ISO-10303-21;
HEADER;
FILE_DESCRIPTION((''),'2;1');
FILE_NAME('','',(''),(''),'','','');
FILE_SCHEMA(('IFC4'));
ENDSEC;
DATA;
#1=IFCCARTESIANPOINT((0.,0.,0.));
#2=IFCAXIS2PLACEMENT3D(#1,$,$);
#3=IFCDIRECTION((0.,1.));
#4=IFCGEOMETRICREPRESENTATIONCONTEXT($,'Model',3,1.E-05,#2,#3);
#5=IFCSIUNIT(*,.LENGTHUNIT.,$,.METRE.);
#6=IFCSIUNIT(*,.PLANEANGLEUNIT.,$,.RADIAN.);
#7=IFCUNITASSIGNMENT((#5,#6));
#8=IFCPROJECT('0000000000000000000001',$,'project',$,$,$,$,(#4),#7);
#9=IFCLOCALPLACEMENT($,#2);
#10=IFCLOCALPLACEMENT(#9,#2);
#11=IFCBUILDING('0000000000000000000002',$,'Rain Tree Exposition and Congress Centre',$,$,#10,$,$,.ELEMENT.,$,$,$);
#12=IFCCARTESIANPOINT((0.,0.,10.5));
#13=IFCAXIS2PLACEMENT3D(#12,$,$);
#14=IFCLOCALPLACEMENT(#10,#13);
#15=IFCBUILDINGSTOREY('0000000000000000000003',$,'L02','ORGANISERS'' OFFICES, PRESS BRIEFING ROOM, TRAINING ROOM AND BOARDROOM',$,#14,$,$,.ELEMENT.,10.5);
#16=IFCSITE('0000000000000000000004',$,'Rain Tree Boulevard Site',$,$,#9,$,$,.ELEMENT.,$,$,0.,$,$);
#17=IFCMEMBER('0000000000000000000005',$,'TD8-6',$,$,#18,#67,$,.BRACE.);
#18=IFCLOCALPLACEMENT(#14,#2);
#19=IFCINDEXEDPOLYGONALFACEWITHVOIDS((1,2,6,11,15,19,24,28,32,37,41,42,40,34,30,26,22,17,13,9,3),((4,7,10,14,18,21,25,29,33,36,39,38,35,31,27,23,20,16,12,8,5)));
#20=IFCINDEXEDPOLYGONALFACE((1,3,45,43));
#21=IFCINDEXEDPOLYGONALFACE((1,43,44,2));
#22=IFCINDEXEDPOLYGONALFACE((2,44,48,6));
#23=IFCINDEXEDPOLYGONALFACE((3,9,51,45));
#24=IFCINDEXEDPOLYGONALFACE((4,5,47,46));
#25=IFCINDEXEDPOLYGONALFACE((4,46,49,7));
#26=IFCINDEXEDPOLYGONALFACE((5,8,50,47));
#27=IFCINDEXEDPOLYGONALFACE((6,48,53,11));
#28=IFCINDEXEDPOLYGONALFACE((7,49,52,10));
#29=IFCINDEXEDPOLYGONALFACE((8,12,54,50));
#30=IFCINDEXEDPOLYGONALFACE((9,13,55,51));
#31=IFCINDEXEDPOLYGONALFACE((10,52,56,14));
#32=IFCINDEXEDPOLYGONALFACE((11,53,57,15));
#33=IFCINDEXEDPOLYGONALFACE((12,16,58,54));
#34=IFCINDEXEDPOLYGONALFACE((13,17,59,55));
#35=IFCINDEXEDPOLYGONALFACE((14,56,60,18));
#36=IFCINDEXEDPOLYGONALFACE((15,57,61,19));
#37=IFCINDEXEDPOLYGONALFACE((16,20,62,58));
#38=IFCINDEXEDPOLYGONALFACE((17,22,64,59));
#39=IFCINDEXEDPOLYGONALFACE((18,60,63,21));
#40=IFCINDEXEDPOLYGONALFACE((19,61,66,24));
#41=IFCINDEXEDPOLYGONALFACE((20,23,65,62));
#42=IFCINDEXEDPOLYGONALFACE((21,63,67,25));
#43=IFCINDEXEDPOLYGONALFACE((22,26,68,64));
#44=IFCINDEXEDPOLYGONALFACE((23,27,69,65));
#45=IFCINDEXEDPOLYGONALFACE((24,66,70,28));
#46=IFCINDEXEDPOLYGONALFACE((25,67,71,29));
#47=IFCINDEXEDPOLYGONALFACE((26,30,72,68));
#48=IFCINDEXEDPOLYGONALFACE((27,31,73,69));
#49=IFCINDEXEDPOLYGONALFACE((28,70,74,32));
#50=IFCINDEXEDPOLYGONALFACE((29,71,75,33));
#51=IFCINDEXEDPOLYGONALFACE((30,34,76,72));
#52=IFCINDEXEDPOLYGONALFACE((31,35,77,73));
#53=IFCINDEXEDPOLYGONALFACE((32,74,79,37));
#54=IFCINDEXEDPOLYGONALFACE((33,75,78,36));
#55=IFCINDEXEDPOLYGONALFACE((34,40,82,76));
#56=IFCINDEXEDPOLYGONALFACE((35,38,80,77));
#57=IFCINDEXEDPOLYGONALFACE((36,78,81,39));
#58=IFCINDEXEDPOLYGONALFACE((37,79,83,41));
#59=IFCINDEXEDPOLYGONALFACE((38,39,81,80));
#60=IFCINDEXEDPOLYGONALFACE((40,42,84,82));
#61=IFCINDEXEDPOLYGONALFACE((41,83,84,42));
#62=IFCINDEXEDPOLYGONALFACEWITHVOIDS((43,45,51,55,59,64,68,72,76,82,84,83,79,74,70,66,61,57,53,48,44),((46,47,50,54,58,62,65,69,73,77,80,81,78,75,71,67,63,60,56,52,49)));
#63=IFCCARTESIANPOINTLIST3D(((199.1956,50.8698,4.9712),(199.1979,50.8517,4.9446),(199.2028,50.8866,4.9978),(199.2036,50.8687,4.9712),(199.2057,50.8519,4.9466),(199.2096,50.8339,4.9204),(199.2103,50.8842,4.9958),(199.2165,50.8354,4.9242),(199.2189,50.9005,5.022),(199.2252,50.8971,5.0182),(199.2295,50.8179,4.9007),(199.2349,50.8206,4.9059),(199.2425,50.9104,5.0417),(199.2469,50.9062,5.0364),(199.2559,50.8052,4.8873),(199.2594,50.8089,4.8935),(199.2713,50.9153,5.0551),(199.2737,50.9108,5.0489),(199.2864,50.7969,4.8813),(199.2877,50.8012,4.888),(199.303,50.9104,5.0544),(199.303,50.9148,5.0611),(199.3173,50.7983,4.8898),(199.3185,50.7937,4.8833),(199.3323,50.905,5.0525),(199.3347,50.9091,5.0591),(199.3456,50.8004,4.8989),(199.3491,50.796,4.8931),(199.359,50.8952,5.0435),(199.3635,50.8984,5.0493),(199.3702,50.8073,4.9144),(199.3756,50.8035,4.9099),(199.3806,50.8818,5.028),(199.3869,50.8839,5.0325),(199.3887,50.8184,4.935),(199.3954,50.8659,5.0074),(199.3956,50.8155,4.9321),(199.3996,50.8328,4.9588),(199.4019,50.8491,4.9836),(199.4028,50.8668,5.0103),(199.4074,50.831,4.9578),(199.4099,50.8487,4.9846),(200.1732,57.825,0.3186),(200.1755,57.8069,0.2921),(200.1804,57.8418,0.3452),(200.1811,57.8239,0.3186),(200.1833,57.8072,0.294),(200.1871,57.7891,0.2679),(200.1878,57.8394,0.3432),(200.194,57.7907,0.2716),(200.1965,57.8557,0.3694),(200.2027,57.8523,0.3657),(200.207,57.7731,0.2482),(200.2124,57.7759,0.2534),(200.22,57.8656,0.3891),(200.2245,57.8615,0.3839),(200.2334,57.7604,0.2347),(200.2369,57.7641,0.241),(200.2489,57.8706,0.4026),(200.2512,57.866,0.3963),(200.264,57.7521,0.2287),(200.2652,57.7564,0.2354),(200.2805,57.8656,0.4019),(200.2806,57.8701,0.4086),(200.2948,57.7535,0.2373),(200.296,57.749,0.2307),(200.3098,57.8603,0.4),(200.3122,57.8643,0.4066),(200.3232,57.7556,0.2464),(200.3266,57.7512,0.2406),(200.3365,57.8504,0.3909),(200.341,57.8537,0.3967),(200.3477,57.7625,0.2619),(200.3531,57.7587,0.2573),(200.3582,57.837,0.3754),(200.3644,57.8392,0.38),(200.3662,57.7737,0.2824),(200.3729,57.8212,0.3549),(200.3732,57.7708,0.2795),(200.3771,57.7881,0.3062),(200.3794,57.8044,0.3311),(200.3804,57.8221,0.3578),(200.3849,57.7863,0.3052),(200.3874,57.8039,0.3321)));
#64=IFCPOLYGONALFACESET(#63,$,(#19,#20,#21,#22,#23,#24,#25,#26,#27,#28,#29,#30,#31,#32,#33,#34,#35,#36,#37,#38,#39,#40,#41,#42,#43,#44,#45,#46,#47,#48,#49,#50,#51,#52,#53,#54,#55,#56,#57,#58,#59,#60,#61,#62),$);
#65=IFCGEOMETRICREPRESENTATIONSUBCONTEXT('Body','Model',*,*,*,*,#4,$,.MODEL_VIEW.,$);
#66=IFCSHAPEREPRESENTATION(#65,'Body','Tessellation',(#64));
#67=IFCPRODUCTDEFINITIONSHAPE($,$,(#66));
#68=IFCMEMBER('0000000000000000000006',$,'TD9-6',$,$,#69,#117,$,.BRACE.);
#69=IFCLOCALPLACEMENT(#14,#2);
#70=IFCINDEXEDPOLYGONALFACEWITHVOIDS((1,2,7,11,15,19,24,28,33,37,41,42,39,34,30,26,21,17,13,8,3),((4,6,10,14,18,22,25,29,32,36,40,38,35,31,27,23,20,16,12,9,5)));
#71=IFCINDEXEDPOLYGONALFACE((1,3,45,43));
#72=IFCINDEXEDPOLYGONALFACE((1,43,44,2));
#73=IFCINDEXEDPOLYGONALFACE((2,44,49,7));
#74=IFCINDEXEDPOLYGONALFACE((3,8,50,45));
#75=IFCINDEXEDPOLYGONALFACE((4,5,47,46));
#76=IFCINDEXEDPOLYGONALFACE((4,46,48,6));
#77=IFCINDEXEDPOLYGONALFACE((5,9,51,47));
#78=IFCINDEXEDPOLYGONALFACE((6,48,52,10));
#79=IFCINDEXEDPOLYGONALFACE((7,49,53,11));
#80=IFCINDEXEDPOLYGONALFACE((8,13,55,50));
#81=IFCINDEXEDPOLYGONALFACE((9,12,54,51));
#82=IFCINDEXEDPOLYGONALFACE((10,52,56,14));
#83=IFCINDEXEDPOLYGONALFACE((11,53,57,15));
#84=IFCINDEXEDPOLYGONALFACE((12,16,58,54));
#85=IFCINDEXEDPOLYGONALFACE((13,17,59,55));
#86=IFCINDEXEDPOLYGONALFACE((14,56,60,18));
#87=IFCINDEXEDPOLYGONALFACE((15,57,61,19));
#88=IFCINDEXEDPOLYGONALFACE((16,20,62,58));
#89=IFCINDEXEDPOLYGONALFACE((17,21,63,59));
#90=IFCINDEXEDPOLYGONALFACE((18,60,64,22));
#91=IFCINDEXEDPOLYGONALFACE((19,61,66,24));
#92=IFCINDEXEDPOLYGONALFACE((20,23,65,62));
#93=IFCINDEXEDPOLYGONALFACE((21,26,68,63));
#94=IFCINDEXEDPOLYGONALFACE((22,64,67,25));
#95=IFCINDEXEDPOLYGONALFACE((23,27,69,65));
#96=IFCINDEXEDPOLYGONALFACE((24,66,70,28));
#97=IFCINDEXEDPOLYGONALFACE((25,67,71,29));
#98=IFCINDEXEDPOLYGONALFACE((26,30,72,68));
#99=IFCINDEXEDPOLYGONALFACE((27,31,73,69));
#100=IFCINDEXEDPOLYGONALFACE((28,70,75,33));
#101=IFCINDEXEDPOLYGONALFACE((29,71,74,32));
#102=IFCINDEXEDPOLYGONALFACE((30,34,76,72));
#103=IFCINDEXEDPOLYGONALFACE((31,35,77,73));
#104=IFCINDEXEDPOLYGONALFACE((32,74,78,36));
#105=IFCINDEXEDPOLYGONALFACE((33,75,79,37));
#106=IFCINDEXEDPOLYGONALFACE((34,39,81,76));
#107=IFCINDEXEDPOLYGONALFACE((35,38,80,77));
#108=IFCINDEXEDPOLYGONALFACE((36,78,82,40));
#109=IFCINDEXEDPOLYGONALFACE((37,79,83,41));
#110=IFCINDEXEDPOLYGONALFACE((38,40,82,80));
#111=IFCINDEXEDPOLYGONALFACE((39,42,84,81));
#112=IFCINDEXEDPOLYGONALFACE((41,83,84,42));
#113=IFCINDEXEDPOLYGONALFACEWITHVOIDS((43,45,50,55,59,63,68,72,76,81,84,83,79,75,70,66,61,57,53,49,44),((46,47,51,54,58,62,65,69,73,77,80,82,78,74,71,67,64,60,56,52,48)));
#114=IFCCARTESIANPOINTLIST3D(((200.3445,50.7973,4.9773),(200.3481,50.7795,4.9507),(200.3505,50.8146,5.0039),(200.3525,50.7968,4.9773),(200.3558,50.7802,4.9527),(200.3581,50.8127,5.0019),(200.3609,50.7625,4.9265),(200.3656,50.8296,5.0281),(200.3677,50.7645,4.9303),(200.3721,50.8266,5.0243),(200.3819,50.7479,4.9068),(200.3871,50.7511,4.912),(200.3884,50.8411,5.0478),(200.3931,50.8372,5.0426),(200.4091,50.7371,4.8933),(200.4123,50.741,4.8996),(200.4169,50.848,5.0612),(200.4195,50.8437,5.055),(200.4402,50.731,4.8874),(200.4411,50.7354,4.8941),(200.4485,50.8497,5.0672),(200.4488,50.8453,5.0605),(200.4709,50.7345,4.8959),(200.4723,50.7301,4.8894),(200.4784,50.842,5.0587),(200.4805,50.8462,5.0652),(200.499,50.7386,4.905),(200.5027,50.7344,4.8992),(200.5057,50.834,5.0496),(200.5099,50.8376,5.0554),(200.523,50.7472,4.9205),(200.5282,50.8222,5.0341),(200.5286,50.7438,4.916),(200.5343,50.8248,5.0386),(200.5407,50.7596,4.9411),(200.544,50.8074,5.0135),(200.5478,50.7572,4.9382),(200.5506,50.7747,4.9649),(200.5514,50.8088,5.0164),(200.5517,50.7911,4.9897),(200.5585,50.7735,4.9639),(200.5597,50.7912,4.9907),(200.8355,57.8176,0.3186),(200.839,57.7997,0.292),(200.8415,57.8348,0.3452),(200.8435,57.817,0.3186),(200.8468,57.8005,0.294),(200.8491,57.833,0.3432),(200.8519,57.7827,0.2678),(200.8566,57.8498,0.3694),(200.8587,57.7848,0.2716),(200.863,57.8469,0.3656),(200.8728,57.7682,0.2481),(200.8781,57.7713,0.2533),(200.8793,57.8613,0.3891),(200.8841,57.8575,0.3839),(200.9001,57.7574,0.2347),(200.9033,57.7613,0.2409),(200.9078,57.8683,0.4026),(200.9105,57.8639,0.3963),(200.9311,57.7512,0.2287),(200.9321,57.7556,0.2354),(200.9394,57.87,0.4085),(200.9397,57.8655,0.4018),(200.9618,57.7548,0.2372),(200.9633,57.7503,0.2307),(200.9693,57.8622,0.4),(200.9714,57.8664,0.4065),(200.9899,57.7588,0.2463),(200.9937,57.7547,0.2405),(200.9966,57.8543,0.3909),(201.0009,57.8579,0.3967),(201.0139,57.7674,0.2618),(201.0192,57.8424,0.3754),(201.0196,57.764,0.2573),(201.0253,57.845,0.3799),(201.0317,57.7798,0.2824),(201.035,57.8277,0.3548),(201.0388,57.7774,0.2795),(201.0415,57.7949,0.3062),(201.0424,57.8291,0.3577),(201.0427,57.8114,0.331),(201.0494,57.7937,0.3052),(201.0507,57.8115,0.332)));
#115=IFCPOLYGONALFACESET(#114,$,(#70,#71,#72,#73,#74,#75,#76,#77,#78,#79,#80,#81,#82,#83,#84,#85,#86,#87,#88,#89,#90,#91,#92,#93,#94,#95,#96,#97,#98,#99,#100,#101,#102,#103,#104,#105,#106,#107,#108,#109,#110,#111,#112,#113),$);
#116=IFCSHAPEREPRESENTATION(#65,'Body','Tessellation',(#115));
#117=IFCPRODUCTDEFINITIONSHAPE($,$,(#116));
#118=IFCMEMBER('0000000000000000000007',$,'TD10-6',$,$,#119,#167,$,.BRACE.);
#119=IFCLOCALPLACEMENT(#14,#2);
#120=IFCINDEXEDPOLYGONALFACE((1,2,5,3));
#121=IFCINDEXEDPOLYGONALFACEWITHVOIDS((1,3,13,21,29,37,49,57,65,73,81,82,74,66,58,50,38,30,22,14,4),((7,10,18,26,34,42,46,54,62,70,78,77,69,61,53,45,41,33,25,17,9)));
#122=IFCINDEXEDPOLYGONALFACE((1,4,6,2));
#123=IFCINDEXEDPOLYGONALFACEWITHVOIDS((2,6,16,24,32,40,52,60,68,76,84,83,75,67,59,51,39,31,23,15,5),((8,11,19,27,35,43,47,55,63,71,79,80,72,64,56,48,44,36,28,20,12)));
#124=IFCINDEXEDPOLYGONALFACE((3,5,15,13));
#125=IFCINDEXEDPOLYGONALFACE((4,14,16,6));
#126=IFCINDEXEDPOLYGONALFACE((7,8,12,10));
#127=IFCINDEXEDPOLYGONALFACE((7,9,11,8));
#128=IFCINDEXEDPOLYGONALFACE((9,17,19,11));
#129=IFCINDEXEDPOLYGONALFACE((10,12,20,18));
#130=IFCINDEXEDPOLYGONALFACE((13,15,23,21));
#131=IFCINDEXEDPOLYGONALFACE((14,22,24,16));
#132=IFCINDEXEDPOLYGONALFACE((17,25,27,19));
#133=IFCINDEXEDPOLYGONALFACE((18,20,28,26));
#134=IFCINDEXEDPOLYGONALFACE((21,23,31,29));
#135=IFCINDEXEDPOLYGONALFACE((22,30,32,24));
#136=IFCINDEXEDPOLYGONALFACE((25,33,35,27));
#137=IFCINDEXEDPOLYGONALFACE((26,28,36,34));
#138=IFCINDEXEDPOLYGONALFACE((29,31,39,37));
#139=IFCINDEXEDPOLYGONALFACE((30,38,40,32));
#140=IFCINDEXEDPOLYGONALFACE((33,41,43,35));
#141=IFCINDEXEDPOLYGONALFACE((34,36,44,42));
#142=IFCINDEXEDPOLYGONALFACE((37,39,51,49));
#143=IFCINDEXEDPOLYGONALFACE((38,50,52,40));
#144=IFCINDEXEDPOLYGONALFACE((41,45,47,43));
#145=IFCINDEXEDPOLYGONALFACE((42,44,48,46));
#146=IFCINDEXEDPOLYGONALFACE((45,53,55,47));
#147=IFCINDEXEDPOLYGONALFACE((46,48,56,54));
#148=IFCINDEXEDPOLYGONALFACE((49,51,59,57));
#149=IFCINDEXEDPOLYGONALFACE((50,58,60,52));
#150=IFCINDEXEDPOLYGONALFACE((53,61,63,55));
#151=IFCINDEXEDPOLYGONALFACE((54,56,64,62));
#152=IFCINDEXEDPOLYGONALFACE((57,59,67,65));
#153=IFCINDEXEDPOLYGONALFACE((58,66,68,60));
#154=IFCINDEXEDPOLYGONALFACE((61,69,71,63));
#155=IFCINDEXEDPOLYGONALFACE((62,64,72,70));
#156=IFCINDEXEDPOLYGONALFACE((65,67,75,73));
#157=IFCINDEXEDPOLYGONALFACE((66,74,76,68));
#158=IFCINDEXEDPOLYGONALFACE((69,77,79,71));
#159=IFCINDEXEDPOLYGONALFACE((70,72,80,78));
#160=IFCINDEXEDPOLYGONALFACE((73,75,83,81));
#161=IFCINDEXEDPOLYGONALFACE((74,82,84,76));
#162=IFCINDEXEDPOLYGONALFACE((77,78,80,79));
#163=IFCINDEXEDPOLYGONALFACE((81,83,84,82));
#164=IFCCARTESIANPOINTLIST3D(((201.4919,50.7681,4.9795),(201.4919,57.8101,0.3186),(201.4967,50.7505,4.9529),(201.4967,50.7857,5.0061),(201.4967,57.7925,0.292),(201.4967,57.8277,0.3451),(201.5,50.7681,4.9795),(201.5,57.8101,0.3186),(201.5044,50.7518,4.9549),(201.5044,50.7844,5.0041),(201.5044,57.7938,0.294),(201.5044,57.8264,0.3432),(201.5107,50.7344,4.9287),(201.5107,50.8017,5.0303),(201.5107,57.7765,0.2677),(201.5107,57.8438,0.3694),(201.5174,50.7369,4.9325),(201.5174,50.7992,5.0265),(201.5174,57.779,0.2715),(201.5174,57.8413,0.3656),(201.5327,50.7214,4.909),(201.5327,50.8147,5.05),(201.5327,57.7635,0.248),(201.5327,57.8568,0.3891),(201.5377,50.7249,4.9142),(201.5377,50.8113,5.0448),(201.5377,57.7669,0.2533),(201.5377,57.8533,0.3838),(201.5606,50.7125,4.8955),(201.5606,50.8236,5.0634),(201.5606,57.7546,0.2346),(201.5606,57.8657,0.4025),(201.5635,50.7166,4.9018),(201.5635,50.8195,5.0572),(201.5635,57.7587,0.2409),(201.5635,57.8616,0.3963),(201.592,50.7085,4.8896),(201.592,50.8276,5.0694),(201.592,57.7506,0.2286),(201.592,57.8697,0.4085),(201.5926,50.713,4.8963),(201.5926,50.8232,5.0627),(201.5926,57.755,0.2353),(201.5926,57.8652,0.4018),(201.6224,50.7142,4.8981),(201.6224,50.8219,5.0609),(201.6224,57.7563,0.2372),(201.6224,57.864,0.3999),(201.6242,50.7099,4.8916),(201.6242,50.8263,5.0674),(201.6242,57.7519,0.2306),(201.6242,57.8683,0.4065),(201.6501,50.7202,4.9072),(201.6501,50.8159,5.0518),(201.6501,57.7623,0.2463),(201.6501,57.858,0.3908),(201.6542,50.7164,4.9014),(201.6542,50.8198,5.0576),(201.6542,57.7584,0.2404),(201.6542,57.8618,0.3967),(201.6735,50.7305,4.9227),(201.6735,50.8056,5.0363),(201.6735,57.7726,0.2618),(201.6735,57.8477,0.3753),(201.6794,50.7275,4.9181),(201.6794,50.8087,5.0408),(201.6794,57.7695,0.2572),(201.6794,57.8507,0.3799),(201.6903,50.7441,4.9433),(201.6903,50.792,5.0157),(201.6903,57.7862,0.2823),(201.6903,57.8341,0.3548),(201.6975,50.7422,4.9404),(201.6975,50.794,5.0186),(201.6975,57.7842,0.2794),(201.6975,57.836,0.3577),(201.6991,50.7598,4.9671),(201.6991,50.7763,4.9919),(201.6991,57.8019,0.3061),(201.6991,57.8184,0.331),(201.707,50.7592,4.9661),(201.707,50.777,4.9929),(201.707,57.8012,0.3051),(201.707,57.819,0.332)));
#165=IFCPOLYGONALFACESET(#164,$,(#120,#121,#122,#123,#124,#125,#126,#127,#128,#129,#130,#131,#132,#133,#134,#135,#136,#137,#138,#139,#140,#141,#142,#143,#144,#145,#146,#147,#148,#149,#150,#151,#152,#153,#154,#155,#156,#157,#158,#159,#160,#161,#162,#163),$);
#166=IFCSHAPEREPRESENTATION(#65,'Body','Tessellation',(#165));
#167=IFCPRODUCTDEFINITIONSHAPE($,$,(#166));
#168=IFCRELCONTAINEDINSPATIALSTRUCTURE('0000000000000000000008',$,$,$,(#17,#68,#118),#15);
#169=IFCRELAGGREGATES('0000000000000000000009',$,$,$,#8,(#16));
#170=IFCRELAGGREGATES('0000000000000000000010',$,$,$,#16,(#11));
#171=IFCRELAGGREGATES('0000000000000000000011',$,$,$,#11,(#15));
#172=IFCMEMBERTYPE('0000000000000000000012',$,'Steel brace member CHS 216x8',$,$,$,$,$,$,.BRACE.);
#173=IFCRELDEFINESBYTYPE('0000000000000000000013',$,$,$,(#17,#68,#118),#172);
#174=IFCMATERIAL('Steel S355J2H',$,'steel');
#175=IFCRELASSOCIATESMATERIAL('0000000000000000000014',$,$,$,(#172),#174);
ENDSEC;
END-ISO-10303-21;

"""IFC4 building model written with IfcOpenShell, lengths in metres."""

from ifc_helpers import new_model, si_unit, direction, frame, origin, origin_2d, place, context, subcontext, project, spatial, hollow_circle, extrude, material, material_profile, profile_set, type_object, element, save


model = new_model("IFC4")

# Units and contexts
model_context = context("Model", 3, precision=1e-05, world=origin(), true_north=direction((0.0, 1.0)))
body_context = subcontext(model_context, "Body", "Model", "MODEL_VIEW")
ifc_project = project(units=[si_unit("LENGTHUNIT", "METRE"), si_unit("PLANEANGLEUNIT", "RADIAN")], contexts=[model_context])

# Site, building, storey
site_placement = place(None, origin())
site = spatial("IfcSite", under=ifc_project, at=site_placement, Name="Rain Tree Boulevard Site", CompositionType="ELEMENT", RefElevation=0.0)
building_placement = place(site_placement, origin())
building = spatial("IfcBuilding", under=site, at=building_placement, Name="Rain Tree Exposition and Congress Centre", CompositionType="ELEMENT")
storey_placement = place(building_placement, frame((0.0, 0.0, 10.5)))
storey = spatial("IfcBuildingStorey", under=building, at=storey_placement, Name="L02", Description="ORGANISERS' OFFICES, PRESS BRIEFING ROOM, TRAINING ROOM AND BOARDROOM", CompositionType="ELEMENT", Elevation=10.5)

# Members
ifc_material_1 = material(Name="Steel S355J2H", Category="steel")
ifc_material_profile_1 = material_profile(ifc_material_1, hollow_circle(Radius=0.1082, WallThickness=0.0081, at=origin_2d()), Name="CHS 216x8")
ifc_profile_set_1 = profile_set([ifc_material_profile_1], Name="Steel S355J2H")
member_type_1 = type_object("IfcMemberType", Name="Steel brace member CHS 216x8", PredefinedType="BRACE", material=ifc_profile_set_1)
member_1_placement = place(storey_placement, frame((199.3027, 50.8547, 4.9712), z_axis=(0.11603, 0.825569, -0.552244), x_axis=(-0.990267, 0.139178, 0.0)))
element("IfcMember", 1, at=member_1_placement, inside=storey, type_object=member_type_1, Name="TD8-6", PredefinedType="BRACE", context=body_context, shape_type="SweptSolid", body=[
    extrude(hollow_circle(Radius=0.1082, WallThickness=0.0081, at=origin_2d()), origin(), (0.0, 0.0, 1.0), 8.4248),
])
member_2_placement = place(storey_placement, frame((200.4524, 50.7898, 4.9773), z_axis=(0.058173, 0.831814, -0.551997), x_axis=(-0.997563, 0.069765, 0.0)))
element("IfcMember", 2, at=member_2_placement, inside=storey, type_object=member_type_1, Name="TD9-6", PredefinedType="BRACE", context=body_context, shape_type="SweptSolid", body=[
    extrude(hollow_circle(Radius=0.1082, WallThickness=0.0081, at=origin_2d()), origin(), (0.0, 0.0, 1.0), 8.4397),
])
member_3_placement = place(storey_placement, frame((201.6001, 50.7681, 4.9795), z_axis=(0.0, 0.833892, -0.551928), x_axis=(-1.0, 0.0, 0.0)))
element("IfcMember", 3, at=member_3_placement, inside=storey, type_object=member_type_1, Name="TD10-6", PredefinedType="BRACE", context=body_context, shape_type="SweptSolid", body=[
    extrude(hollow_circle(Radius=0.1082, WallThickness=0.0081, at=origin_2d()), origin(), (0.0, 0.0, 1.0), 8.4448),
])

save(model, "model.ifc")
